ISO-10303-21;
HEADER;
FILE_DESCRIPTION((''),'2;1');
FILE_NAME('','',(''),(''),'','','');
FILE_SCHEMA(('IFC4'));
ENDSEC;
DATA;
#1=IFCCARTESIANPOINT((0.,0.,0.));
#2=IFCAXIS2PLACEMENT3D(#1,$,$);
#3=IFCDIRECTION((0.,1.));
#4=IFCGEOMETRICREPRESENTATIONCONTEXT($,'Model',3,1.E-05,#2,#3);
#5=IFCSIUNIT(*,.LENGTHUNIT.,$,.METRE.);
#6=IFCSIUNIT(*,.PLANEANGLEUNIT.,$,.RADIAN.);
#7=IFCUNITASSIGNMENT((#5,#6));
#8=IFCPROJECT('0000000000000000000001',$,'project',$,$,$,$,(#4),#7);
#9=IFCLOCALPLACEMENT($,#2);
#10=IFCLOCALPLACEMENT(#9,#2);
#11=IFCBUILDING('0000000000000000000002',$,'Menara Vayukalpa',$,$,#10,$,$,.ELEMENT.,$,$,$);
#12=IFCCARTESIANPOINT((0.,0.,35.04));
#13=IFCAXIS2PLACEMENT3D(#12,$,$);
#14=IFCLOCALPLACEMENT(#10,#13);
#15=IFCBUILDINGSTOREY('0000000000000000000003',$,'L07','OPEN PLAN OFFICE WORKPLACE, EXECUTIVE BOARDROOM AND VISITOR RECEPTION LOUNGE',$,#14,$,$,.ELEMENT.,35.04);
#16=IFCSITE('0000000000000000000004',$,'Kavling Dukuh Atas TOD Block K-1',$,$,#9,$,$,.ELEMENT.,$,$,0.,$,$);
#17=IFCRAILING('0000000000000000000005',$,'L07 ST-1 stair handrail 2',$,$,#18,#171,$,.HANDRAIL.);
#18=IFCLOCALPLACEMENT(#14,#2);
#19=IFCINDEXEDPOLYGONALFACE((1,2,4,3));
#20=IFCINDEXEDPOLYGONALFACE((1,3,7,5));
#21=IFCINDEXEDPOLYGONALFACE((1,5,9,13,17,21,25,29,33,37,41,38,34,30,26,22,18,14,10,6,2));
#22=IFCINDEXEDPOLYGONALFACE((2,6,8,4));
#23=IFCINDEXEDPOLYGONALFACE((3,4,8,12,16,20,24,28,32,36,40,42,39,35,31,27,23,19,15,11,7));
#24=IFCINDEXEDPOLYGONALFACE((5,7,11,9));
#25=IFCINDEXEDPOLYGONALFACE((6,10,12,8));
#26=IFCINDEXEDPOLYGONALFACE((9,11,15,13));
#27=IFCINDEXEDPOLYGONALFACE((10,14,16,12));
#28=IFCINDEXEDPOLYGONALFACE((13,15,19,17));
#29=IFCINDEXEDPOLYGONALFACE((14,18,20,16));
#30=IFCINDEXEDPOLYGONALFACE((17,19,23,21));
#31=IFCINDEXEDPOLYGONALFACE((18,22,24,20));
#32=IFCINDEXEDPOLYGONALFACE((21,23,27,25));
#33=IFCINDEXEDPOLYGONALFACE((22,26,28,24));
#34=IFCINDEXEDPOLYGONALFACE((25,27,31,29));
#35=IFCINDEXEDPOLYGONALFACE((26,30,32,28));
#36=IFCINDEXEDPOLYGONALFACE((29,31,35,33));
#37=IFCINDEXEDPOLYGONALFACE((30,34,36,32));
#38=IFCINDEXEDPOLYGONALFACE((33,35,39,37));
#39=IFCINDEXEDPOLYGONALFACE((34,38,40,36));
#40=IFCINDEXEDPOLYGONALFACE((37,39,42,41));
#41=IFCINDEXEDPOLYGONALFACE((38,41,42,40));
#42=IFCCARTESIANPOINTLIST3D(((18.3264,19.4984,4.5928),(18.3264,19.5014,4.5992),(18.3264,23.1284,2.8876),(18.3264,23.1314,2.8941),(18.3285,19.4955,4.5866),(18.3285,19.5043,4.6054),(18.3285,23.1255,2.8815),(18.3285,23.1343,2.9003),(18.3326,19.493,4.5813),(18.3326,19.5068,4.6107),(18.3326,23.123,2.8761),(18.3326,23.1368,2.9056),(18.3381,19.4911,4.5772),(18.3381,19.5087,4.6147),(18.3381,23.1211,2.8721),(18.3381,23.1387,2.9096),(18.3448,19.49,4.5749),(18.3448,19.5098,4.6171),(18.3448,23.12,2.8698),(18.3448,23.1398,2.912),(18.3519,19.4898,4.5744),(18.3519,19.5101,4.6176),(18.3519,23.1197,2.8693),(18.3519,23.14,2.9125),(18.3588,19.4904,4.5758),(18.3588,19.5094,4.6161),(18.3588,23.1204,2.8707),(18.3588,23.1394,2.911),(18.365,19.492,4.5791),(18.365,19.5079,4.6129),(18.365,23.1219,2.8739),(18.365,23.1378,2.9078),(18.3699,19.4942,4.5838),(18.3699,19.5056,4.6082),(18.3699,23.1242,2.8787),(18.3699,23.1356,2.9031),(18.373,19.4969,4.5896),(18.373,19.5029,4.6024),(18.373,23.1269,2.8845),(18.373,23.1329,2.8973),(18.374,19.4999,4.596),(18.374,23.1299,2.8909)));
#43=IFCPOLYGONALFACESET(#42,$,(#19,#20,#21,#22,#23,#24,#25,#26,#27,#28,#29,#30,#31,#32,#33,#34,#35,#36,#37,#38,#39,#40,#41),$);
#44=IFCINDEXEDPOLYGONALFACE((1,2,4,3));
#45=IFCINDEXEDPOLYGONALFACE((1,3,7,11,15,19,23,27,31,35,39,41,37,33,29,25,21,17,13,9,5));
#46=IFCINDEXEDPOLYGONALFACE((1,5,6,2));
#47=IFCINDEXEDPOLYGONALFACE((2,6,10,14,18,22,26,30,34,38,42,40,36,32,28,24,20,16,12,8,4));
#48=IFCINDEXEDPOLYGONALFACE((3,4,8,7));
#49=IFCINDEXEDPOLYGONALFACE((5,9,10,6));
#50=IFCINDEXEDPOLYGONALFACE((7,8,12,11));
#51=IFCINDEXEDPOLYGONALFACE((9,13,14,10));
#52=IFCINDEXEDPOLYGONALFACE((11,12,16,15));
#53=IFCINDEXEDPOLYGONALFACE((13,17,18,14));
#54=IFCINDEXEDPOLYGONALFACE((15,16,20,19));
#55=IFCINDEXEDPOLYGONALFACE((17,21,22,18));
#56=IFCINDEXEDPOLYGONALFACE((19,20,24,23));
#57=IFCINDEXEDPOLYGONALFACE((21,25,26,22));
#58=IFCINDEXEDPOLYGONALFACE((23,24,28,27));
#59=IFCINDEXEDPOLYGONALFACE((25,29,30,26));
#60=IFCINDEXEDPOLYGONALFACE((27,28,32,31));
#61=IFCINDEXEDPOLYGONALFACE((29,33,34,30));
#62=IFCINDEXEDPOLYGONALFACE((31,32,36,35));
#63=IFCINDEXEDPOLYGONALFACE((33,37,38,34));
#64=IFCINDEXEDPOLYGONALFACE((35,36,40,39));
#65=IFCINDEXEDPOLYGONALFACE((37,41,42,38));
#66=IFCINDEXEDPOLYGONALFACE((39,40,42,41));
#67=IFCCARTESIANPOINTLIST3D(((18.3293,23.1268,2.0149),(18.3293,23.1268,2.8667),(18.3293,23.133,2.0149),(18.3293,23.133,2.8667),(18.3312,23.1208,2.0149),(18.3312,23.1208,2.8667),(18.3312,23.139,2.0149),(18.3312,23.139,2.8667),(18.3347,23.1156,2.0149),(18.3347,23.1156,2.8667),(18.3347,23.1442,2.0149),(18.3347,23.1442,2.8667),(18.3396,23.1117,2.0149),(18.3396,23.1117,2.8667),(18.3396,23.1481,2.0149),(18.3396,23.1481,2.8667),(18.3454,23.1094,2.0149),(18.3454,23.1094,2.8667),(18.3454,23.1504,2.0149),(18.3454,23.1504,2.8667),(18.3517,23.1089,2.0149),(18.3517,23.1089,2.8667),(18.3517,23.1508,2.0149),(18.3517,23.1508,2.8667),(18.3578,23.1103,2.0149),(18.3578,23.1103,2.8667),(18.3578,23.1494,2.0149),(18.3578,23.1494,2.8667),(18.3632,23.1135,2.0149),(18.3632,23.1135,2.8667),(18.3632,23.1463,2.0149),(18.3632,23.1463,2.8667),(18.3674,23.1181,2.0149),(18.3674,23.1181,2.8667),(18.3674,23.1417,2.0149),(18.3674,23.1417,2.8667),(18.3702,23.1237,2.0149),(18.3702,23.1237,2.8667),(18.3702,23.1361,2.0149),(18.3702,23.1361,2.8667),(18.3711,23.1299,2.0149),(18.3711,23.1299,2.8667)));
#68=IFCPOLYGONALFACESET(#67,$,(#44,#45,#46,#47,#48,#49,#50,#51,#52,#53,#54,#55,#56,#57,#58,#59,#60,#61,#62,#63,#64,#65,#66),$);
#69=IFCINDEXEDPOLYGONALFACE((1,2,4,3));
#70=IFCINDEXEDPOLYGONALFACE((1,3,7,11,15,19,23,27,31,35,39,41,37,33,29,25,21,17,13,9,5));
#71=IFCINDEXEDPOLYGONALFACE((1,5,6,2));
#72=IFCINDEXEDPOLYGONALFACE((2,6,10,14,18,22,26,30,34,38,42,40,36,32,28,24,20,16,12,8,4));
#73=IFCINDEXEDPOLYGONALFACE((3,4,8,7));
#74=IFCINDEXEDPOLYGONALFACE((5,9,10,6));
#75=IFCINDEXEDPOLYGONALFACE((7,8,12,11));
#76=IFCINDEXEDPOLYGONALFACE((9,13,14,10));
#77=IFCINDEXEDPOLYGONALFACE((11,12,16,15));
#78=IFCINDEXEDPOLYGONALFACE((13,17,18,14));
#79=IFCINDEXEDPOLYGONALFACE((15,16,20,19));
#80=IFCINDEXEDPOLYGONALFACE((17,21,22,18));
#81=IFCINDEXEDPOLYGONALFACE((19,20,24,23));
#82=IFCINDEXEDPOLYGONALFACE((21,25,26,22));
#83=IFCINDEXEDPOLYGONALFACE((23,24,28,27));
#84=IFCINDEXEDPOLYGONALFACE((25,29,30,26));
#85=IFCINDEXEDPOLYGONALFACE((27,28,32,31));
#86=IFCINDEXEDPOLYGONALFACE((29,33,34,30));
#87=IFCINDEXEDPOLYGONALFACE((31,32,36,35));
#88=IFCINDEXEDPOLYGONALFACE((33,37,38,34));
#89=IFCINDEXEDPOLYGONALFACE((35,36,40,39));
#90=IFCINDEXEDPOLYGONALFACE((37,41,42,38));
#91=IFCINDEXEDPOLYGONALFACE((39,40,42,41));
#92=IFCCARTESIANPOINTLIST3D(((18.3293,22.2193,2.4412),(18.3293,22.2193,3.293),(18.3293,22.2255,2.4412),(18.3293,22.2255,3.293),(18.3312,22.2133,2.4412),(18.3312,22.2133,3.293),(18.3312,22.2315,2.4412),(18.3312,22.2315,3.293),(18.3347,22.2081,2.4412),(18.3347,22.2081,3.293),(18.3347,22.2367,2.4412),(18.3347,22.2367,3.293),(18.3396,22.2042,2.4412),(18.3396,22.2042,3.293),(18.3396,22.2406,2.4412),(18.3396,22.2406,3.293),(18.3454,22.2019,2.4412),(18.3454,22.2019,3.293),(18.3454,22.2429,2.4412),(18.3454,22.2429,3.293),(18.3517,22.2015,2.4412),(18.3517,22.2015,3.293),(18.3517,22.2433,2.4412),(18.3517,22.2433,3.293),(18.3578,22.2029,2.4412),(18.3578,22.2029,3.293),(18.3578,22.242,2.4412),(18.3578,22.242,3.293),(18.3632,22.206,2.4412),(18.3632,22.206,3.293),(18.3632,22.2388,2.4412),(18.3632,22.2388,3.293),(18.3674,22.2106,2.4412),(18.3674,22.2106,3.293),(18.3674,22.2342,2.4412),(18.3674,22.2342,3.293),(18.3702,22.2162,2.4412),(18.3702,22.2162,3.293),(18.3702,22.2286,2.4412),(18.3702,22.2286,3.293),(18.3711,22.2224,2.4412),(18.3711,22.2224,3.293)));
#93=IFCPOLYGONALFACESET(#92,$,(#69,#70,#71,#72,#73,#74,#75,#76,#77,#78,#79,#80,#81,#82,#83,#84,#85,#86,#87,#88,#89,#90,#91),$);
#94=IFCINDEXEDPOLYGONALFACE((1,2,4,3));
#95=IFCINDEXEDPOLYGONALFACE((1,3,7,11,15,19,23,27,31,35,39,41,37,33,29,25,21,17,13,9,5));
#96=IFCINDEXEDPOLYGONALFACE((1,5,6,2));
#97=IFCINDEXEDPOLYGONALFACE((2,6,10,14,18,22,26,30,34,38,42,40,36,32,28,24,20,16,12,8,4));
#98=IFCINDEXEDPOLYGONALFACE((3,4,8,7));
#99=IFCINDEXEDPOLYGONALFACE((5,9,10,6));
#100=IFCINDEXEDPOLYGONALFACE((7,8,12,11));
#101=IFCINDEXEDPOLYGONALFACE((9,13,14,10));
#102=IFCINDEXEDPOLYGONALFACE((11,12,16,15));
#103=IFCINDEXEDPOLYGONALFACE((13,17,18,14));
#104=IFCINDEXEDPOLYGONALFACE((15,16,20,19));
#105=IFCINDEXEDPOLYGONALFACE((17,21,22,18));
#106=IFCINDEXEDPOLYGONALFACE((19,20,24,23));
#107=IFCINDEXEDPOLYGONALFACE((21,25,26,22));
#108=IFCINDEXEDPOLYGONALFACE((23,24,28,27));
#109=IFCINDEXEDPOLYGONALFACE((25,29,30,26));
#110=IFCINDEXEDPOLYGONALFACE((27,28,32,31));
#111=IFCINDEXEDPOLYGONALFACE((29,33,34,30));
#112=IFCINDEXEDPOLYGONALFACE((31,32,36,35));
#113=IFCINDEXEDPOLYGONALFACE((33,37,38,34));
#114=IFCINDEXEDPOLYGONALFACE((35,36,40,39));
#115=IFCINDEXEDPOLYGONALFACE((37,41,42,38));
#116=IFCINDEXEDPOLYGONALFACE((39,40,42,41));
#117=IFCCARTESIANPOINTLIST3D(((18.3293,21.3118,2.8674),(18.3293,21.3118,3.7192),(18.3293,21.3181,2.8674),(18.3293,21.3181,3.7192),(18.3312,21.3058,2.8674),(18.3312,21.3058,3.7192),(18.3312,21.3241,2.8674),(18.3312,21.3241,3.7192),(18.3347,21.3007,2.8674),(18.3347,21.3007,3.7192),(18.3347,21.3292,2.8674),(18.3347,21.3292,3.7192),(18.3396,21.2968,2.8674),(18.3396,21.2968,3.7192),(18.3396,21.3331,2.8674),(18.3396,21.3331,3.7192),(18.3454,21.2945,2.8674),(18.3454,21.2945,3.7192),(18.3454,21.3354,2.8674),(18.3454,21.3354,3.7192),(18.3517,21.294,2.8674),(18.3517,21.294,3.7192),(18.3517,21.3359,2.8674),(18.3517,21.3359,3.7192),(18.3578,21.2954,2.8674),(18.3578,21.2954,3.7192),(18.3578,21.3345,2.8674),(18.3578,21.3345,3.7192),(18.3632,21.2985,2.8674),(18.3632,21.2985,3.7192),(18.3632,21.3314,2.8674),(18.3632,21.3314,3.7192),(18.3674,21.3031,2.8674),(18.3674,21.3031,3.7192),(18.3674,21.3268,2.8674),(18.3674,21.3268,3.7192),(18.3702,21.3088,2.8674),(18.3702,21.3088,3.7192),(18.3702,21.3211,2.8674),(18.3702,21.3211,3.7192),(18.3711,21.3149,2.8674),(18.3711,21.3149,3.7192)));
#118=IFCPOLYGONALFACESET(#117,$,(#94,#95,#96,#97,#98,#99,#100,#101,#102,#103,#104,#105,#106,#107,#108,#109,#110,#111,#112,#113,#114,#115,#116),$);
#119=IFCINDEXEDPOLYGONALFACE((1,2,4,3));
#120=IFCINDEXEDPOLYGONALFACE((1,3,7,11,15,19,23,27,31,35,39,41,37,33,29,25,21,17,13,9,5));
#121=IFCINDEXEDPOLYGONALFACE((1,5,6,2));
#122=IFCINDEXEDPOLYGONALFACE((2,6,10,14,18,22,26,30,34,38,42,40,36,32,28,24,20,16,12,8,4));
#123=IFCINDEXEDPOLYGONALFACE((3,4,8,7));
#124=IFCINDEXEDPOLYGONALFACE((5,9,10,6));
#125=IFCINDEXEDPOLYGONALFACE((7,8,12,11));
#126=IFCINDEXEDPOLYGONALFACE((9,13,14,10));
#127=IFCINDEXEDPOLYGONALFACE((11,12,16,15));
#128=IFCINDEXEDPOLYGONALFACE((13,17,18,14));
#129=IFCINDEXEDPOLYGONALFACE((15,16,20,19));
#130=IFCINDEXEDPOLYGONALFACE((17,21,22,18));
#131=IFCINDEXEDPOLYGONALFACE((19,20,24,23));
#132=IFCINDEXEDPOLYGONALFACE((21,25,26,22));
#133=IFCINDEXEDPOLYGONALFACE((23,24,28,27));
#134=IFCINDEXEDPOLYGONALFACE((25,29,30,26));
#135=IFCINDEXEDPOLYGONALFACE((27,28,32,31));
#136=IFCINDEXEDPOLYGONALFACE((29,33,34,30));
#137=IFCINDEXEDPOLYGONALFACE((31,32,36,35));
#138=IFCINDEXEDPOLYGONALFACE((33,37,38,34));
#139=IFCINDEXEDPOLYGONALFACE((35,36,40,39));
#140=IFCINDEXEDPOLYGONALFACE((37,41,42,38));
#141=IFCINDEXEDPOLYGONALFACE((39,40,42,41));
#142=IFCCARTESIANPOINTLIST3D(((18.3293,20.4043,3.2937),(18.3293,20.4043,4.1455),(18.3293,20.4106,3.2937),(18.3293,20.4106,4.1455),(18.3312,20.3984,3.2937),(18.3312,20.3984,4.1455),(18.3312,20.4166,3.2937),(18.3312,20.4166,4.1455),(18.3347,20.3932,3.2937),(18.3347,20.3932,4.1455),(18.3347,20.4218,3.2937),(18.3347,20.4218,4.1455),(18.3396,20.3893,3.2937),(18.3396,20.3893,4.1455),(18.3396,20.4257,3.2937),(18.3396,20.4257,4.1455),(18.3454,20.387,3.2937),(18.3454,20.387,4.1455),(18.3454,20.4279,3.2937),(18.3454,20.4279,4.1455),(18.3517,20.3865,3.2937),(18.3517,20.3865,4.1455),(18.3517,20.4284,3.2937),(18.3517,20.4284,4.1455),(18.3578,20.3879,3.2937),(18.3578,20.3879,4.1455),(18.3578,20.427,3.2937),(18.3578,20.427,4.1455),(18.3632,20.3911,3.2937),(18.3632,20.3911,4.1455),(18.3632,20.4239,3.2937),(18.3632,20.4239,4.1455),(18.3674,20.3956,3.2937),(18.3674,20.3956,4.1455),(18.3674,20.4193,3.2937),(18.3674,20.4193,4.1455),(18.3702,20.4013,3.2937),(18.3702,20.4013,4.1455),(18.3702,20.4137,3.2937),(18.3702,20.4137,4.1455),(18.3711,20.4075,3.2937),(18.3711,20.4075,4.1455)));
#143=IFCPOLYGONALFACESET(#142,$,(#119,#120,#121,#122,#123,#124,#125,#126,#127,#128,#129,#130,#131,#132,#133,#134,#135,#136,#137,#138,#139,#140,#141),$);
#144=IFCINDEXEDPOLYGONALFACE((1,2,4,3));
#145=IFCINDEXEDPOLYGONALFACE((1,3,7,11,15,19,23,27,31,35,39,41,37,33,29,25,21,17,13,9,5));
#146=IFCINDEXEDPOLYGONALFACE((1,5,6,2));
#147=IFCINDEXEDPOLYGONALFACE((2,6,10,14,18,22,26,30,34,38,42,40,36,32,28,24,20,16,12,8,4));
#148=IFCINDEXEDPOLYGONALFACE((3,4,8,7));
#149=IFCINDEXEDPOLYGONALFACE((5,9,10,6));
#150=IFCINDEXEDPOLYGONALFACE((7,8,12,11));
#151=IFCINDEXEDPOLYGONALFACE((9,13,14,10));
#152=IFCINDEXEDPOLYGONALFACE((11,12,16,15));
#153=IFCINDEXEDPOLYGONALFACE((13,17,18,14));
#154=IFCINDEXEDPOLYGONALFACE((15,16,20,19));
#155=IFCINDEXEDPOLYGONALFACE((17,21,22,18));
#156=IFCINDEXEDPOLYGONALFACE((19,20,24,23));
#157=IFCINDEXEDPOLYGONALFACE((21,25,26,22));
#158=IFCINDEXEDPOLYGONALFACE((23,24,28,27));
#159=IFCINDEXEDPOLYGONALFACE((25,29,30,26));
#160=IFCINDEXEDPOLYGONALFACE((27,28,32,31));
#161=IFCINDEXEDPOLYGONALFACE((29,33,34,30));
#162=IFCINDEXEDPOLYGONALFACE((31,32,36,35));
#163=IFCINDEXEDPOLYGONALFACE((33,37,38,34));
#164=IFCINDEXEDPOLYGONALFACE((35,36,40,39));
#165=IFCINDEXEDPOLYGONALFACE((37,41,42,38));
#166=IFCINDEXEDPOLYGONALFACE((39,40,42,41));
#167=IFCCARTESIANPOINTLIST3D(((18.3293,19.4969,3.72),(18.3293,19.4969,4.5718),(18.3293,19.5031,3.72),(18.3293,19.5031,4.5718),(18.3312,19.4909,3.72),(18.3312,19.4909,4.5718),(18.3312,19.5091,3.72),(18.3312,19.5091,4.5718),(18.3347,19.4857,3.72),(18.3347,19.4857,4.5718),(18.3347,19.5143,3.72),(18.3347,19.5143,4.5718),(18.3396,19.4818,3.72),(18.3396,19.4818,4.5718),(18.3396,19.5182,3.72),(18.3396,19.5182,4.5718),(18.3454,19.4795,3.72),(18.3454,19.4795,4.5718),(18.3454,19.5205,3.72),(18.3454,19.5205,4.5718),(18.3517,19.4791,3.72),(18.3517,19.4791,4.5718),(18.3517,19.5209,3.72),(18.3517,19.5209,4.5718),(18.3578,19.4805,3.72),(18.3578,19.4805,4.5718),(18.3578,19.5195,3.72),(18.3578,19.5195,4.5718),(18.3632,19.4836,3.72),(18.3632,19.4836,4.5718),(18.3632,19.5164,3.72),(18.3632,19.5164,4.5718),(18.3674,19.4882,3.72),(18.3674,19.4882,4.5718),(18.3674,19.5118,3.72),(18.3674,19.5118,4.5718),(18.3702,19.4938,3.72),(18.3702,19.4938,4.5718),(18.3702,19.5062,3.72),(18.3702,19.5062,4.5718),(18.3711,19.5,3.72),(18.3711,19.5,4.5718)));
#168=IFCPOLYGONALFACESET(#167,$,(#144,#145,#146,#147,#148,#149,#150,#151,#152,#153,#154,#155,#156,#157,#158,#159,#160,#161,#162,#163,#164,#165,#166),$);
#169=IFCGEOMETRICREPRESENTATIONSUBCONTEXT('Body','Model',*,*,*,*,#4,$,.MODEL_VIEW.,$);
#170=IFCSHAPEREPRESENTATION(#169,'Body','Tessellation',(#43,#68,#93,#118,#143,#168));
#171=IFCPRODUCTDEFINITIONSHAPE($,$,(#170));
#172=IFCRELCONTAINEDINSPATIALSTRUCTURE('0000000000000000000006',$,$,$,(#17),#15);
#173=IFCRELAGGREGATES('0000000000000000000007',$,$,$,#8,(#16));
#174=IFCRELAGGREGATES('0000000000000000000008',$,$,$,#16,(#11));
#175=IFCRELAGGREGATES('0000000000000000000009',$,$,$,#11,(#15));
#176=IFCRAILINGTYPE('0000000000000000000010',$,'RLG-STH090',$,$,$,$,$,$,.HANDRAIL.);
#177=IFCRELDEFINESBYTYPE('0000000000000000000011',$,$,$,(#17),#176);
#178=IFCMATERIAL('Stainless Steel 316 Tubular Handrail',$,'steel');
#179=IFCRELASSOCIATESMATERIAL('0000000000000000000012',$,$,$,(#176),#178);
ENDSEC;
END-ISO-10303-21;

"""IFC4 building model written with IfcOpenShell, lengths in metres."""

from ifc_helpers import new_model, si_unit, direction, frame, origin, origin_2d, place, context, subcontext, project, spatial, circle, extrude, material, type_object, element, save


model = new_model("IFC4")

# Units and contexts
model_context = context("Model", 3, precision=1e-05, world=origin(), true_north=direction((0.0, 1.0)))
body_context = subcontext(model_context, "Body", "Model", "MODEL_VIEW")
ifc_project = project(units=[si_unit("LENGTHUNIT", "METRE"), si_unit("PLANEANGLEUNIT", "RADIAN")], contexts=[model_context])

# Site, building, storey
site_placement = place(None, origin())
site = spatial("IfcSite", under=ifc_project, at=site_placement, Name="Kavling Dukuh Atas TOD Block K-1", CompositionType="ELEMENT", RefElevation=0.0)
building_placement = place(site_placement, origin())
building = spatial("IfcBuilding", under=site, at=building_placement, Name="Menara Vayukalpa", CompositionType="ELEMENT")
storey_placement = place(building_placement, frame((0.0, 0.0, 35.04)))
storey = spatial("IfcBuildingStorey", under=building, at=storey_placement, Name="L07", Description="OPEN PLAN OFFICE WORKPLACE, EXECUTIVE BOARDROOM AND VISITOR RECEPTION LOUNGE", CompositionType="ELEMENT", Elevation=35.04)

# Railing
ifc_material_1 = material(Name="Stainless Steel 316 Tubular Handrail", Category="steel")
railing_type_1 = type_object("IfcRailingType", Name="RLG-STH090", PredefinedType="HANDRAIL", material=ifc_material_1)
railing_1_placement = place(storey_placement, frame((18.3501, 23.1299, 2.0149)))
element("IfcRailing", 1, at=railing_1_placement, inside=storey, type_object=railing_type_1, Name="L07 ST-1 stair handrail 2", PredefinedType="HANDRAIL", context=body_context, shape_type="SweptSolid", body=[
    extrude(circle(Radius=0.0239, at=origin_2d()), frame((0.0, 0.0, 0.876), z_axis=(0.0, -0.905116, 0.425164), x_axis=(1.0, 0.0, 0.0)), (0.0, 0.0, 1.0), 4.0105),
    extrude(circle(Radius=0.021, at=origin_2d()), origin(), (0.0, 0.0, 1.0), 0.8518),
    extrude(circle(Radius=0.021, at=origin_2d()), frame((0.0, -0.9075, 0.4263)), (0.0, 0.0, 1.0), 0.8518),
    extrude(circle(Radius=0.021, at=origin_2d()), frame((0.0, -1.8149, 0.8525)), (0.0, 0.0, 1.0), 0.8518),
    extrude(circle(Radius=0.021, at=origin_2d()), frame((0.0, -2.7224, 1.2788)), (0.0, 0.0, 1.0), 0.8518),
    extrude(circle(Radius=0.021, at=origin_2d()), frame((0.0, -3.6299, 1.7051)), (0.0, 0.0, 1.0), 0.8518),
])

save(model, "model.ifc")
